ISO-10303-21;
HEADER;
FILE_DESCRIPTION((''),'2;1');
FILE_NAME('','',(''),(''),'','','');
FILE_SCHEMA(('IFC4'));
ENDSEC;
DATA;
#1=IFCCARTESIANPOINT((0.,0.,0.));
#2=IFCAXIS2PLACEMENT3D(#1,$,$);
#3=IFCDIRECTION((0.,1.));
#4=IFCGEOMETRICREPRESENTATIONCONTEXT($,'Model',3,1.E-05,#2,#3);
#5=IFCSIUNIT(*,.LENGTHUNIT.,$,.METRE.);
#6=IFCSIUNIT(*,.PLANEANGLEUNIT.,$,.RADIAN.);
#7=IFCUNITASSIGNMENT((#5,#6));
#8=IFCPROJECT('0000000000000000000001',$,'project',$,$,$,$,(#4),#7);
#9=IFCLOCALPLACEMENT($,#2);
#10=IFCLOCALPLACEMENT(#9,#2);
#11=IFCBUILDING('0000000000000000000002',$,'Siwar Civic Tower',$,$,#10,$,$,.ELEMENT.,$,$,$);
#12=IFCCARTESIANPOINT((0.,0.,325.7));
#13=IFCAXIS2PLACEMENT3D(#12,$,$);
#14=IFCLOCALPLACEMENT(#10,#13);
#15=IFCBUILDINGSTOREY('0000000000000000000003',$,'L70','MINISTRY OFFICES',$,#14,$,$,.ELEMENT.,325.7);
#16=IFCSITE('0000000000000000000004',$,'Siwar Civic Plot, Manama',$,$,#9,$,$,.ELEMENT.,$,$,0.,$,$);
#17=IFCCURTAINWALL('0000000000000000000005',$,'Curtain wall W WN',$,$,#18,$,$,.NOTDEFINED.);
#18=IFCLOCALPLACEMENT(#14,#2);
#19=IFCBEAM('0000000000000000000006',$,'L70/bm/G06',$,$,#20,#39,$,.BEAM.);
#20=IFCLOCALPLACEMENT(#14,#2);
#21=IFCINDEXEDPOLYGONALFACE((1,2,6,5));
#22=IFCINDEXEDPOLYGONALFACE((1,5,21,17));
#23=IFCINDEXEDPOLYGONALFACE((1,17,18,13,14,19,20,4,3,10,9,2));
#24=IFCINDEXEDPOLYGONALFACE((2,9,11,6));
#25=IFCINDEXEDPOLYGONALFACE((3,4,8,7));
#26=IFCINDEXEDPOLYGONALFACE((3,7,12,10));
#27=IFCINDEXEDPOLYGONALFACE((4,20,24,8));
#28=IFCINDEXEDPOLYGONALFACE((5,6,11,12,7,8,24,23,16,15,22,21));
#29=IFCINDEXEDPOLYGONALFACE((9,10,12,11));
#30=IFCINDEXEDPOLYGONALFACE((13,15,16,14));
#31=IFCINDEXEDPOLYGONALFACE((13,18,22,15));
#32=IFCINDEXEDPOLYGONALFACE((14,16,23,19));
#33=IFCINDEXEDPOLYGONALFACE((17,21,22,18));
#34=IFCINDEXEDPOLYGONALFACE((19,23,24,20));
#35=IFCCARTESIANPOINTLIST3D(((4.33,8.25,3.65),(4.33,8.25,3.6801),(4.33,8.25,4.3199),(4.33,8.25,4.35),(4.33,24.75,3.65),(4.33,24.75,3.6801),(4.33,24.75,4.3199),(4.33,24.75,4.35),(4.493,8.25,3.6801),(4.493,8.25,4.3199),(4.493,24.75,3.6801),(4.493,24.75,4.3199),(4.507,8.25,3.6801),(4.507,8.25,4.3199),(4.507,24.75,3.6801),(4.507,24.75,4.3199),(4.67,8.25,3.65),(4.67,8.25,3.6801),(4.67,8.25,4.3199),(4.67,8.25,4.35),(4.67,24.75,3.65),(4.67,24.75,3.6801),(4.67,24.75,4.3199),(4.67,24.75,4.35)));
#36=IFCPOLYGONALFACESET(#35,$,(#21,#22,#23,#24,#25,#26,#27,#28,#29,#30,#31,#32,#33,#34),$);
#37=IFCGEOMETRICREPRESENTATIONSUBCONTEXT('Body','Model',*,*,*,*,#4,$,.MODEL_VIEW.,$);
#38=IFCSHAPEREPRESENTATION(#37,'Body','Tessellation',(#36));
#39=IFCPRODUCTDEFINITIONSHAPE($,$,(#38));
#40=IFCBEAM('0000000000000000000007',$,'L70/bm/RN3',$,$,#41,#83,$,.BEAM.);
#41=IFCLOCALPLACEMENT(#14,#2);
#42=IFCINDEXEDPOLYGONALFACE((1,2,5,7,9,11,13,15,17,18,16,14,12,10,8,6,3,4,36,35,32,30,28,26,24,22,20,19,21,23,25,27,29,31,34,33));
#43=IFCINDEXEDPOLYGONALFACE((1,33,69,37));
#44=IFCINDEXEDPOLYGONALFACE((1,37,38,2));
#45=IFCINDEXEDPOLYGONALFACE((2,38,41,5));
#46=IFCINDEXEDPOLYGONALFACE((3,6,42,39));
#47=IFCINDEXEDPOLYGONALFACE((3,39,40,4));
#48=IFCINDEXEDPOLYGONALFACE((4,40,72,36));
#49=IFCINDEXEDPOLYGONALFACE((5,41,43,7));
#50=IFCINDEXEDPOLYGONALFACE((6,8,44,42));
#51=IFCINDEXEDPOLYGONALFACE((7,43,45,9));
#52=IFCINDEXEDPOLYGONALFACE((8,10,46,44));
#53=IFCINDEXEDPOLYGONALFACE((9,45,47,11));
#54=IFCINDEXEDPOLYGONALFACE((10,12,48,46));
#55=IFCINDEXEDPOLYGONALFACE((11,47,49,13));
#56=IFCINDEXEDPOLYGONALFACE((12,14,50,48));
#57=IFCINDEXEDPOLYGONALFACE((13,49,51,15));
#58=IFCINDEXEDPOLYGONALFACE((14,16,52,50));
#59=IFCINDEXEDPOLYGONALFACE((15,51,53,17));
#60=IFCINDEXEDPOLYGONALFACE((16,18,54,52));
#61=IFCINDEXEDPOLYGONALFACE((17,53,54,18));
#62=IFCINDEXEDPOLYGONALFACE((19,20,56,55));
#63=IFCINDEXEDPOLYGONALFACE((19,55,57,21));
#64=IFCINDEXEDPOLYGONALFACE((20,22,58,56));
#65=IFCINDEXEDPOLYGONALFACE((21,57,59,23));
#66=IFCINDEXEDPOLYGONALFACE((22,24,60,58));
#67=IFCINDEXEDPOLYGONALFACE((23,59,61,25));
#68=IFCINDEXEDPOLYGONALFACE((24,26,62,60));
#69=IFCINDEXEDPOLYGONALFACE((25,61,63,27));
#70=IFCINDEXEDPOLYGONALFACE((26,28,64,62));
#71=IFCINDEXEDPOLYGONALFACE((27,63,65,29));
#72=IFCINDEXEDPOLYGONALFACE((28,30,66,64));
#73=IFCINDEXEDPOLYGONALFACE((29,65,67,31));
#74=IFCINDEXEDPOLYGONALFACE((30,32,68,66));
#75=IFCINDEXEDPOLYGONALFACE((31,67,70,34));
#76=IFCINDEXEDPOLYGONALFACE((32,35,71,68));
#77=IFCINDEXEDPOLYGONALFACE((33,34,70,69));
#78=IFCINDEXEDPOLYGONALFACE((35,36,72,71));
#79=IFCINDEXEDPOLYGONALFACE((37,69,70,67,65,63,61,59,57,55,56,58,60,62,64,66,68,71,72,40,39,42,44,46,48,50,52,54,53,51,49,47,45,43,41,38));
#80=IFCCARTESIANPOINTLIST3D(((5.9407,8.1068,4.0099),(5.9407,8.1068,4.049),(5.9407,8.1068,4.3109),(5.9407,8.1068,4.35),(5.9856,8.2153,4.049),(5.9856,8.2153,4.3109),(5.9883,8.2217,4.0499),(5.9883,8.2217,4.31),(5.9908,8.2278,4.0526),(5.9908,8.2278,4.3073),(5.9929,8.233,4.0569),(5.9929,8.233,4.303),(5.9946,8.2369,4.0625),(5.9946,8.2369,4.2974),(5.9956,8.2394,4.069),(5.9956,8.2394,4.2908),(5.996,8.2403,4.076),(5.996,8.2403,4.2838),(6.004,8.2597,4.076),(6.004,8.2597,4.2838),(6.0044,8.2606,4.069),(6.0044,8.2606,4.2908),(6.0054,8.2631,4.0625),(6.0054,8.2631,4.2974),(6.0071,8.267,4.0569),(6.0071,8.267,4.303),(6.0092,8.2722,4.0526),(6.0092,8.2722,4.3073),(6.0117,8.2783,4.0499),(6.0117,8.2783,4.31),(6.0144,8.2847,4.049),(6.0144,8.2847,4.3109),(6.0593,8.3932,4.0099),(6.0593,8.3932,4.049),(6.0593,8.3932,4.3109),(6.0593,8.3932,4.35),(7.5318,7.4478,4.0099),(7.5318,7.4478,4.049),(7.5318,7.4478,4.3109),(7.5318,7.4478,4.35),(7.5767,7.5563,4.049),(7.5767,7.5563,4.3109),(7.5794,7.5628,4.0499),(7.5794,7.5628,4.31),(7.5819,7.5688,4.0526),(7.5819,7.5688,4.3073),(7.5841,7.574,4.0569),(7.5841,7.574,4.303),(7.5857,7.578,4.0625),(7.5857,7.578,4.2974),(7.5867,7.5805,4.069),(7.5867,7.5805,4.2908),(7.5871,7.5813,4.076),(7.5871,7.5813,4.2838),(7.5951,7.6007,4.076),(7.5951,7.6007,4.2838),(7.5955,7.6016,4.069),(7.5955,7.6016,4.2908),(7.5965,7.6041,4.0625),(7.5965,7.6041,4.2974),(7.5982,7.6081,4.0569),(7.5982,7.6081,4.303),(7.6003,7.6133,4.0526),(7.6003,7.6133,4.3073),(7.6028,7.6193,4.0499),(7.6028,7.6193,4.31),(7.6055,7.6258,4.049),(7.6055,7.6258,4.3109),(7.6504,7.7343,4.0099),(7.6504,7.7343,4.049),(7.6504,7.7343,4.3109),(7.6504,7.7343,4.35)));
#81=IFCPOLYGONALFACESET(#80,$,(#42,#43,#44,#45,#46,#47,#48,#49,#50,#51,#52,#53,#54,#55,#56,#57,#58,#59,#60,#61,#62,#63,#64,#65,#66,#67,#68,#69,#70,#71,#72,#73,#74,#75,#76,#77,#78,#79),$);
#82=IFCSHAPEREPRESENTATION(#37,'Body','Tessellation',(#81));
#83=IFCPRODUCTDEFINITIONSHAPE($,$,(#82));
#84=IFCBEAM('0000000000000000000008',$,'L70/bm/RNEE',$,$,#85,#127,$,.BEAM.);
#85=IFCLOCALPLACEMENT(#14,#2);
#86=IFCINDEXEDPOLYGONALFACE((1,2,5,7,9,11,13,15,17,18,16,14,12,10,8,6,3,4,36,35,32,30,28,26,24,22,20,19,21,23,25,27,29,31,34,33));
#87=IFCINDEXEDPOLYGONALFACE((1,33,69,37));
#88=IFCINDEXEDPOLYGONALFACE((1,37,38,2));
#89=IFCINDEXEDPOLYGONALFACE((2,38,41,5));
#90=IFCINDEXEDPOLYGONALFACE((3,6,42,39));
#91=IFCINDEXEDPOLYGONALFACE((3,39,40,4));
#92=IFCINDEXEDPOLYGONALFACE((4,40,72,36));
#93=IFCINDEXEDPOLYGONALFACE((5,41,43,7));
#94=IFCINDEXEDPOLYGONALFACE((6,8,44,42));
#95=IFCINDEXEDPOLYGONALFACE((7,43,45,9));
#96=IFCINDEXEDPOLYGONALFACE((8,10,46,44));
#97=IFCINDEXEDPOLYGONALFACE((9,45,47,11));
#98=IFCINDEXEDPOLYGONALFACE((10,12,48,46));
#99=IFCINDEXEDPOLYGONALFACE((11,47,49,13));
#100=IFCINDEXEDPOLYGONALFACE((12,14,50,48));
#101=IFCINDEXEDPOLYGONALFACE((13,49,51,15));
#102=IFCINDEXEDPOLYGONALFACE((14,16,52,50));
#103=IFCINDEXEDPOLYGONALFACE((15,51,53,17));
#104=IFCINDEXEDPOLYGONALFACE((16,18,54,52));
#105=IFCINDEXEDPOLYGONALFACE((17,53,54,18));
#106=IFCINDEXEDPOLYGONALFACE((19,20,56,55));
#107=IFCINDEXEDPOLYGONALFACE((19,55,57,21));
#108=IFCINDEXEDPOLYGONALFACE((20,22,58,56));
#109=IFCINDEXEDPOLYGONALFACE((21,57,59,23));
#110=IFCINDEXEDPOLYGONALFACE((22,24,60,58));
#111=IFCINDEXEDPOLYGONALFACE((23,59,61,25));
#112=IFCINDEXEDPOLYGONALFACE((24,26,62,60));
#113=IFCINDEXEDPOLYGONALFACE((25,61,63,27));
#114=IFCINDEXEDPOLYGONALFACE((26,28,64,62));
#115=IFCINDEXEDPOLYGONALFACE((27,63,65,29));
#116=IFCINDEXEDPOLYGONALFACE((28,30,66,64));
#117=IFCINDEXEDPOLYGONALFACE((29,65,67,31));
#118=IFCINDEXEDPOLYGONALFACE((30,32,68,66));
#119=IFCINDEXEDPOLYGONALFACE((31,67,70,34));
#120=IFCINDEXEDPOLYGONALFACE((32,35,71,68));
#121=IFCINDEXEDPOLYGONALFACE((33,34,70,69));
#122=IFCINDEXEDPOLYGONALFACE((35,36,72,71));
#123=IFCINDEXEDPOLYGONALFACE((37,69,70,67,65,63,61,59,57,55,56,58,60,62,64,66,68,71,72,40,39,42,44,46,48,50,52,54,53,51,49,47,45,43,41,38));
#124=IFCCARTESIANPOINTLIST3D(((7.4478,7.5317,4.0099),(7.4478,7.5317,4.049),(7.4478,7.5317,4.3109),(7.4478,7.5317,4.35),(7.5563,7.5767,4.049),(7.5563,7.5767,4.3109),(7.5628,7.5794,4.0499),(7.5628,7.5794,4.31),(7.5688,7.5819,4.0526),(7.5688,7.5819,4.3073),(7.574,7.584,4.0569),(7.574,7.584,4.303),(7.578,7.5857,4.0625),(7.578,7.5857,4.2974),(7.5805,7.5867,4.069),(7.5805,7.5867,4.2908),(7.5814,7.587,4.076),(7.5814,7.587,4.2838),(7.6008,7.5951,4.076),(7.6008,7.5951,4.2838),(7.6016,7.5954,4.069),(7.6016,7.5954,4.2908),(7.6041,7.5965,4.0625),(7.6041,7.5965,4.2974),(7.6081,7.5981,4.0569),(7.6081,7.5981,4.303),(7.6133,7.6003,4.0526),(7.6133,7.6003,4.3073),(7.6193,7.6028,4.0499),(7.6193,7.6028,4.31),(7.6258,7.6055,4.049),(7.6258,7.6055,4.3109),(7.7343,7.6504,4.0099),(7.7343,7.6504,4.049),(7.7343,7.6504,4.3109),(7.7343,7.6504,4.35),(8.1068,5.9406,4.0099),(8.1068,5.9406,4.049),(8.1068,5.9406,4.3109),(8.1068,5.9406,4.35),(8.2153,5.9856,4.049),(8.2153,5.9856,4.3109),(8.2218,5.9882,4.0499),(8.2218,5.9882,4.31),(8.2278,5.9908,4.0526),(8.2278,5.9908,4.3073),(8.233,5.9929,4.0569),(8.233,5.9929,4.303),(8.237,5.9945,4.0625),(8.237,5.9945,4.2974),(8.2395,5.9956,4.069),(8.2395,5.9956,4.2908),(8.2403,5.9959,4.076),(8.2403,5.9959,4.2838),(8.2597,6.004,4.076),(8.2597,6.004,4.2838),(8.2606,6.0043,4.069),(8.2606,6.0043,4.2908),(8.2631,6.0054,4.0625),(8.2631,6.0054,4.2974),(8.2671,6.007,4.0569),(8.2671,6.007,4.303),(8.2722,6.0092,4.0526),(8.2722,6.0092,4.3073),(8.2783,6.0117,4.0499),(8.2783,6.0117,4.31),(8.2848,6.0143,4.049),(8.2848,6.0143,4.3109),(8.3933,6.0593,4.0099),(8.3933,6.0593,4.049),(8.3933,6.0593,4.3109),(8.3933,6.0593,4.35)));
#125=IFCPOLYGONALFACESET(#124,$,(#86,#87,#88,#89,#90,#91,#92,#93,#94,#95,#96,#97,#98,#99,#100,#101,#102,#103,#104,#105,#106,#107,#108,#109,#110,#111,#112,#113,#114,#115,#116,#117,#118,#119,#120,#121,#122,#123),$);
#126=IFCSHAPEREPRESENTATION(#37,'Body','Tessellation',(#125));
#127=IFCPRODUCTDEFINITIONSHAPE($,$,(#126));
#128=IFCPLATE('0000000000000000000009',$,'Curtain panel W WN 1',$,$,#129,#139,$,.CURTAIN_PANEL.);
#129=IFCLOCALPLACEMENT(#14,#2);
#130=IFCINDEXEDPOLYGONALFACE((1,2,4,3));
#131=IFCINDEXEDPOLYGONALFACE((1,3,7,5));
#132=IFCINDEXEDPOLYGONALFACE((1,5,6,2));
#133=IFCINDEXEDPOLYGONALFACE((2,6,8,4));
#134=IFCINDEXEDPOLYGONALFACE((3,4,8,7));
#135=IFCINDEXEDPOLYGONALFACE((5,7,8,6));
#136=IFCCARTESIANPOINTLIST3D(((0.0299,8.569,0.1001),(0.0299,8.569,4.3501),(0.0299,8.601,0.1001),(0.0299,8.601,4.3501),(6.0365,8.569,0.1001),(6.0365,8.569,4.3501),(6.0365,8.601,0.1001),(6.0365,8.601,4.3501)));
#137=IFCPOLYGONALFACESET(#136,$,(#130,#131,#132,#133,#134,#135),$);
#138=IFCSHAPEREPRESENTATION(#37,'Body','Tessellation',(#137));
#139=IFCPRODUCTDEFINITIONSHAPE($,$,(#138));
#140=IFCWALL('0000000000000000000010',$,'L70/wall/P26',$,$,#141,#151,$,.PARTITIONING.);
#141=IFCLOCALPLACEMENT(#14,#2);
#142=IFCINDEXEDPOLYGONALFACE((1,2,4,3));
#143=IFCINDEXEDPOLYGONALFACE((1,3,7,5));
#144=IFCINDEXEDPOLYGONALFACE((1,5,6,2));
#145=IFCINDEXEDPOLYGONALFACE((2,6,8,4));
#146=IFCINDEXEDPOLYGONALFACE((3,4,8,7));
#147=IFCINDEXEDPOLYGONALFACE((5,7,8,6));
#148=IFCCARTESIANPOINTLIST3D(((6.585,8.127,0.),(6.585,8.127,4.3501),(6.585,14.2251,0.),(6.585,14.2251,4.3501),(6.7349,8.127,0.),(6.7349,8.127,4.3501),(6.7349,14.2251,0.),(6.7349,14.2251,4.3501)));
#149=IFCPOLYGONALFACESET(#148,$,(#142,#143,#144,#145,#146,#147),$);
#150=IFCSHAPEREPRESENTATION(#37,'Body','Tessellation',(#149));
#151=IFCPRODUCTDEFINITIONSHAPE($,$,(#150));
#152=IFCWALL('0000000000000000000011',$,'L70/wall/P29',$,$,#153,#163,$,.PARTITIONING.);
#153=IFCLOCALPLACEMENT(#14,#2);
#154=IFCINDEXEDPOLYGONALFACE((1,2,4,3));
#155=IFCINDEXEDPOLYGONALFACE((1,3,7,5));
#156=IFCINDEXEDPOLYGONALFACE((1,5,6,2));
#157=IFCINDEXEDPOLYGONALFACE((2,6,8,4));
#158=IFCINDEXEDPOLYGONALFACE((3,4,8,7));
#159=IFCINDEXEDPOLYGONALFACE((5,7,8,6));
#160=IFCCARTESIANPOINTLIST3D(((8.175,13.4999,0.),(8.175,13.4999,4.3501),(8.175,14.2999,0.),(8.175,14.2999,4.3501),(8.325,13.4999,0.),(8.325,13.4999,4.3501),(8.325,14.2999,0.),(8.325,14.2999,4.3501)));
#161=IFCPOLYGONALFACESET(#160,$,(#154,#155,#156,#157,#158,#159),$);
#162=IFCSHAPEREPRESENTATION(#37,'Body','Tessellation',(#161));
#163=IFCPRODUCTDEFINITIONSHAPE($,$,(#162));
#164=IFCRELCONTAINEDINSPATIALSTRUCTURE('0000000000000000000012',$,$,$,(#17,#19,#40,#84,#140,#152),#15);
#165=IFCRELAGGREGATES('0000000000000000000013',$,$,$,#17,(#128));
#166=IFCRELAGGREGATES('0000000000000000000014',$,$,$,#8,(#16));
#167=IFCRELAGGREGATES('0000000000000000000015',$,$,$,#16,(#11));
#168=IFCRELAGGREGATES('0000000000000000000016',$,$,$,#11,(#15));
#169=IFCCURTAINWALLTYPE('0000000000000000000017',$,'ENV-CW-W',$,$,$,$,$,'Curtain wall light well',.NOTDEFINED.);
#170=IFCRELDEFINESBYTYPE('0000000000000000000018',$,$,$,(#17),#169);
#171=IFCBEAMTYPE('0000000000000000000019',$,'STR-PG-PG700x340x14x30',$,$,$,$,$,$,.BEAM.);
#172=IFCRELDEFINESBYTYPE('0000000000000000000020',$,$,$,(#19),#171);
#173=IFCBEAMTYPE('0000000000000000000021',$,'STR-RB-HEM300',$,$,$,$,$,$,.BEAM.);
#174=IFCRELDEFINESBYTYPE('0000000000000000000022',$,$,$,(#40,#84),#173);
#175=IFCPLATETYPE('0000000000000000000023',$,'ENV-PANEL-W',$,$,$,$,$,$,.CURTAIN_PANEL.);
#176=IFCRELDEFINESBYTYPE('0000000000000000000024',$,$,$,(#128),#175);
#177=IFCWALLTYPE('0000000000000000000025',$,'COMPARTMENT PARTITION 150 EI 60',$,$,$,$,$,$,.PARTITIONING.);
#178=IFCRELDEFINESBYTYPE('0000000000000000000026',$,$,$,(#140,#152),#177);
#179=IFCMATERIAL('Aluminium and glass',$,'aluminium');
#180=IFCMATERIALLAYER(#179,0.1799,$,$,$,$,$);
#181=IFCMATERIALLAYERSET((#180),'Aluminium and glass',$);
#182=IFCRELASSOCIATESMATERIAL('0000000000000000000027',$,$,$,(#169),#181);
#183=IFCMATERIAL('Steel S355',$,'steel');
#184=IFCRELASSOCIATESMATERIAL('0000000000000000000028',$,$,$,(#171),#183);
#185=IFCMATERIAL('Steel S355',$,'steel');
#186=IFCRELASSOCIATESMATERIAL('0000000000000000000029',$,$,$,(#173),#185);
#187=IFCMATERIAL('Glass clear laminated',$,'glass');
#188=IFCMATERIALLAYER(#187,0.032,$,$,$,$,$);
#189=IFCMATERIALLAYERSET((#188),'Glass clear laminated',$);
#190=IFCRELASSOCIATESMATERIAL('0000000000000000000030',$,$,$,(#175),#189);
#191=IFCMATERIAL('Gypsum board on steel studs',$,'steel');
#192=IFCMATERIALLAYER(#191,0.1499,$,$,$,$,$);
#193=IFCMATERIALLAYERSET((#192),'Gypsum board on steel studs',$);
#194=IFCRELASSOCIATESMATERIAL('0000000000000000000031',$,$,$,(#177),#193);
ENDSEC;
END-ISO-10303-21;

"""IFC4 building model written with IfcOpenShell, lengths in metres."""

from ifc_helpers import new_model, si_unit, direction, frame, frame_2d, origin, origin_2d, place, context, subcontext, project, spatial, rectangle, i_section, extrude, material, layer, layer_set, material_profile, profile_set, type_object, element, aggregate, save


model = new_model("IFC4")

# Units and contexts
model_context = context("Model", 3, precision=1e-05, world=origin(), true_north=direction((0.0, 1.0)))
body_context = subcontext(model_context, "Body", "Model", "MODEL_VIEW")
ifc_project = project(units=[si_unit("LENGTHUNIT", "METRE"), si_unit("PLANEANGLEUNIT", "RADIAN")], contexts=[model_context])

# Site, building, storey
site_placement = place(None, origin())
site = spatial("IfcSite", under=ifc_project, at=site_placement, Name="Siwar Civic Plot, Manama", CompositionType="ELEMENT", RefElevation=0.0)
building_placement = place(site_placement, origin())
building = spatial("IfcBuilding", under=site, at=building_placement, Name="Siwar Civic Tower", CompositionType="ELEMENT")
storey_placement = place(building_placement, frame((0.0, 0.0, 325.7)))
storey = spatial("IfcBuildingStorey", under=building, at=storey_placement, Name="L70", Description="MINISTRY OFFICES", CompositionType="ELEMENT", Elevation=325.7)

# Curtain wall
ifc_material_1 = material(Name="Aluminium and glass", Category="aluminium")
ifc_layer_1 = layer(ifc_material_1, 0.1799)
ifc_layer_set_1 = layer_set([ifc_layer_1], Name="Aluminium and glass")
curtain_wall_type = type_object("IfcCurtainWallType", Name="ENV-CW-W", ElementType="Curtain wall light well", PredefinedType="NOTDEFINED", material=ifc_layer_set_1)
curtain_wall_placement = place(storey_placement, origin())
curtain_wall = element("IfcCurtainWall", 1, at=curtain_wall_placement, inside=storey, type_object=curtain_wall_type, Name="Curtain wall W WN", PredefinedType="NOTDEFINED")

# Beams
ifc_material_2 = material(Name="Steel S355", Category="steel")
ifc_material_profile_1 = material_profile(ifc_material_2, i_section(OverallWidth=0.3401, OverallDepth=0.7, WebThickness=0.0139, FlangeThickness=0.03, at=origin_2d()), Name="PG700x340x14x30")
ifc_profile_set_1 = profile_set([ifc_material_profile_1], Name="Steel S355")
beam_type_1 = type_object("IfcBeamType", Name="STR-PG-PG700x340x14x30", PredefinedType="BEAM", material=ifc_profile_set_1)
beam_1_placement = place(storey_placement, frame((4.5, 8.25, 4.0), z_axis=(0.0, 1.0, 0.0), x_axis=(-1.0, 0.0, 0.0)))
element("IfcBeam", 2, at=beam_1_placement, inside=storey, type_object=beam_type_1, Name="L70/bm/G06", PredefinedType="BEAM", context=body_context, shape_type="SweptSolid", body=[
    extrude(i_section(OverallWidth=0.3401, OverallDepth=0.7, WebThickness=0.0139, FlangeThickness=0.03, at=origin_2d()), origin(), (0.0, 0.0, 1.0), 16.5),
])
ifc_material_3 = material(Name="Steel S355", Category="steel")
ifc_material_profile_2 = material_profile(ifc_material_3, i_section(OverallWidth=0.3101, OverallDepth=0.3401, WebThickness=0.021, FlangeThickness=0.0391, FilletRadius=0.0271, at=origin_2d()), Name="HEM300")
ifc_profile_set_2 = profile_set([ifc_material_profile_2], Name="Steel S355")
beam_type_2 = type_object("IfcBeamType", Name="STR-RB-HEM300", PredefinedType="BEAM", material=ifc_profile_set_2)
for number, where, z_axis, x_axis, name in (
    (3, (6.0, 8.25, 4.1799), (0.923901, -0.382631, 0.0), (0.382631, 0.923901, 0.0), "L70/bm/RN3"),
    (4, (7.5911, 7.5911, 4.1799), (0.382631, -0.923901, 0.0), (0.923901, 0.382631, 0.0), "L70/bm/RNEE"),
):
    element("IfcBeam", number, at=place(storey_placement, frame(where, z_axis=z_axis, x_axis=x_axis)), inside=storey, type_object=beam_type_2, Name=name, PredefinedType="BEAM", context=body_context, shape_type="SweptSolid", body=[
        extrude(i_section(OverallWidth=0.3101, OverallDepth=0.3401, WebThickness=0.021, FlangeThickness=0.0391, FilletRadius=0.0271, at=origin_2d()), origin(), (0.0, 0.0, 1.0), 1.7222),
    ])

# Plate
ifc_material_4 = material(Name="Glass clear laminated", Category="glass")
ifc_layer_2 = layer(ifc_material_4, 0.032)
ifc_layer_set_2 = layer_set([ifc_layer_2], Name="Glass clear laminated")
plate_type = type_object("IfcPlateType", Name="ENV-PANEL-W", PredefinedType="CURTAIN_PANEL", material=ifc_layer_set_2)
plate_placement = place(storey_placement, frame((3.0332, 8.585, 0.1001), z_axis=(0.0, 0.0, 1.0), x_axis=(-1.0, 0.0, 0.0)))
plate = element("IfcPlate", 5, at=plate_placement, type_object=plate_type, Name="Curtain panel W WN 1", PredefinedType="CURTAIN_PANEL", context=body_context, shape_type="SweptSolid", body=[
    extrude(rectangle(XDim=6.0066, YDim=0.032, at=origin_2d()), origin(), (0.0, 0.0, 1.0), 4.25),
])
aggregate(curtain_wall, [plate])

# Walls
ifc_material_5 = material(Name="Gypsum board on steel studs", Category="steel")
ifc_layer_3 = layer(ifc_material_5, 0.1499)
ifc_layer_set_3 = layer_set([ifc_layer_3], Name="Gypsum board on steel studs")
wall_type_1 = type_object("IfcWallType", Name="COMPARTMENT PARTITION 150 EI 60", PredefinedType="PARTITIONING", material=ifc_layer_set_3)
wall_1_placement = place(storey_placement, frame((6.6599, 8.127, 0.0), z_axis=(0.0, 0.0, 1.0), x_axis=(0.0, 1.0, 0.0)))
element("IfcWall", 6, at=wall_1_placement, inside=storey, type_object=wall_type_1, Name="L70/wall/P26", PredefinedType="PARTITIONING", context=body_context, shape_type="SweptSolid", body=[
    extrude(rectangle(XDim=6.0981, YDim=0.1499, at=frame_2d((3.0491, 0.0))), origin(), (0.0, 0.0, 1.0), 4.3501),
])
wall_2_placement = place(storey_placement, frame((8.25, 13.5, 0.0), z_axis=(0.0, 0.0, 1.0), x_axis=(0.0, 1.0, 0.0)))
element("IfcWall", 7, at=wall_2_placement, inside=storey, type_object=wall_type_1, Name="L70/wall/P29", PredefinedType="PARTITIONING", context=body_context, shape_type="SweptSolid", body=[
    extrude(rectangle(XDim=0.8, YDim=0.1499, at=frame_2d((0.3999, 0.0))), origin(), (0.0, 0.0, 1.0), 4.3501),
])

save(model, "model.ifc")
